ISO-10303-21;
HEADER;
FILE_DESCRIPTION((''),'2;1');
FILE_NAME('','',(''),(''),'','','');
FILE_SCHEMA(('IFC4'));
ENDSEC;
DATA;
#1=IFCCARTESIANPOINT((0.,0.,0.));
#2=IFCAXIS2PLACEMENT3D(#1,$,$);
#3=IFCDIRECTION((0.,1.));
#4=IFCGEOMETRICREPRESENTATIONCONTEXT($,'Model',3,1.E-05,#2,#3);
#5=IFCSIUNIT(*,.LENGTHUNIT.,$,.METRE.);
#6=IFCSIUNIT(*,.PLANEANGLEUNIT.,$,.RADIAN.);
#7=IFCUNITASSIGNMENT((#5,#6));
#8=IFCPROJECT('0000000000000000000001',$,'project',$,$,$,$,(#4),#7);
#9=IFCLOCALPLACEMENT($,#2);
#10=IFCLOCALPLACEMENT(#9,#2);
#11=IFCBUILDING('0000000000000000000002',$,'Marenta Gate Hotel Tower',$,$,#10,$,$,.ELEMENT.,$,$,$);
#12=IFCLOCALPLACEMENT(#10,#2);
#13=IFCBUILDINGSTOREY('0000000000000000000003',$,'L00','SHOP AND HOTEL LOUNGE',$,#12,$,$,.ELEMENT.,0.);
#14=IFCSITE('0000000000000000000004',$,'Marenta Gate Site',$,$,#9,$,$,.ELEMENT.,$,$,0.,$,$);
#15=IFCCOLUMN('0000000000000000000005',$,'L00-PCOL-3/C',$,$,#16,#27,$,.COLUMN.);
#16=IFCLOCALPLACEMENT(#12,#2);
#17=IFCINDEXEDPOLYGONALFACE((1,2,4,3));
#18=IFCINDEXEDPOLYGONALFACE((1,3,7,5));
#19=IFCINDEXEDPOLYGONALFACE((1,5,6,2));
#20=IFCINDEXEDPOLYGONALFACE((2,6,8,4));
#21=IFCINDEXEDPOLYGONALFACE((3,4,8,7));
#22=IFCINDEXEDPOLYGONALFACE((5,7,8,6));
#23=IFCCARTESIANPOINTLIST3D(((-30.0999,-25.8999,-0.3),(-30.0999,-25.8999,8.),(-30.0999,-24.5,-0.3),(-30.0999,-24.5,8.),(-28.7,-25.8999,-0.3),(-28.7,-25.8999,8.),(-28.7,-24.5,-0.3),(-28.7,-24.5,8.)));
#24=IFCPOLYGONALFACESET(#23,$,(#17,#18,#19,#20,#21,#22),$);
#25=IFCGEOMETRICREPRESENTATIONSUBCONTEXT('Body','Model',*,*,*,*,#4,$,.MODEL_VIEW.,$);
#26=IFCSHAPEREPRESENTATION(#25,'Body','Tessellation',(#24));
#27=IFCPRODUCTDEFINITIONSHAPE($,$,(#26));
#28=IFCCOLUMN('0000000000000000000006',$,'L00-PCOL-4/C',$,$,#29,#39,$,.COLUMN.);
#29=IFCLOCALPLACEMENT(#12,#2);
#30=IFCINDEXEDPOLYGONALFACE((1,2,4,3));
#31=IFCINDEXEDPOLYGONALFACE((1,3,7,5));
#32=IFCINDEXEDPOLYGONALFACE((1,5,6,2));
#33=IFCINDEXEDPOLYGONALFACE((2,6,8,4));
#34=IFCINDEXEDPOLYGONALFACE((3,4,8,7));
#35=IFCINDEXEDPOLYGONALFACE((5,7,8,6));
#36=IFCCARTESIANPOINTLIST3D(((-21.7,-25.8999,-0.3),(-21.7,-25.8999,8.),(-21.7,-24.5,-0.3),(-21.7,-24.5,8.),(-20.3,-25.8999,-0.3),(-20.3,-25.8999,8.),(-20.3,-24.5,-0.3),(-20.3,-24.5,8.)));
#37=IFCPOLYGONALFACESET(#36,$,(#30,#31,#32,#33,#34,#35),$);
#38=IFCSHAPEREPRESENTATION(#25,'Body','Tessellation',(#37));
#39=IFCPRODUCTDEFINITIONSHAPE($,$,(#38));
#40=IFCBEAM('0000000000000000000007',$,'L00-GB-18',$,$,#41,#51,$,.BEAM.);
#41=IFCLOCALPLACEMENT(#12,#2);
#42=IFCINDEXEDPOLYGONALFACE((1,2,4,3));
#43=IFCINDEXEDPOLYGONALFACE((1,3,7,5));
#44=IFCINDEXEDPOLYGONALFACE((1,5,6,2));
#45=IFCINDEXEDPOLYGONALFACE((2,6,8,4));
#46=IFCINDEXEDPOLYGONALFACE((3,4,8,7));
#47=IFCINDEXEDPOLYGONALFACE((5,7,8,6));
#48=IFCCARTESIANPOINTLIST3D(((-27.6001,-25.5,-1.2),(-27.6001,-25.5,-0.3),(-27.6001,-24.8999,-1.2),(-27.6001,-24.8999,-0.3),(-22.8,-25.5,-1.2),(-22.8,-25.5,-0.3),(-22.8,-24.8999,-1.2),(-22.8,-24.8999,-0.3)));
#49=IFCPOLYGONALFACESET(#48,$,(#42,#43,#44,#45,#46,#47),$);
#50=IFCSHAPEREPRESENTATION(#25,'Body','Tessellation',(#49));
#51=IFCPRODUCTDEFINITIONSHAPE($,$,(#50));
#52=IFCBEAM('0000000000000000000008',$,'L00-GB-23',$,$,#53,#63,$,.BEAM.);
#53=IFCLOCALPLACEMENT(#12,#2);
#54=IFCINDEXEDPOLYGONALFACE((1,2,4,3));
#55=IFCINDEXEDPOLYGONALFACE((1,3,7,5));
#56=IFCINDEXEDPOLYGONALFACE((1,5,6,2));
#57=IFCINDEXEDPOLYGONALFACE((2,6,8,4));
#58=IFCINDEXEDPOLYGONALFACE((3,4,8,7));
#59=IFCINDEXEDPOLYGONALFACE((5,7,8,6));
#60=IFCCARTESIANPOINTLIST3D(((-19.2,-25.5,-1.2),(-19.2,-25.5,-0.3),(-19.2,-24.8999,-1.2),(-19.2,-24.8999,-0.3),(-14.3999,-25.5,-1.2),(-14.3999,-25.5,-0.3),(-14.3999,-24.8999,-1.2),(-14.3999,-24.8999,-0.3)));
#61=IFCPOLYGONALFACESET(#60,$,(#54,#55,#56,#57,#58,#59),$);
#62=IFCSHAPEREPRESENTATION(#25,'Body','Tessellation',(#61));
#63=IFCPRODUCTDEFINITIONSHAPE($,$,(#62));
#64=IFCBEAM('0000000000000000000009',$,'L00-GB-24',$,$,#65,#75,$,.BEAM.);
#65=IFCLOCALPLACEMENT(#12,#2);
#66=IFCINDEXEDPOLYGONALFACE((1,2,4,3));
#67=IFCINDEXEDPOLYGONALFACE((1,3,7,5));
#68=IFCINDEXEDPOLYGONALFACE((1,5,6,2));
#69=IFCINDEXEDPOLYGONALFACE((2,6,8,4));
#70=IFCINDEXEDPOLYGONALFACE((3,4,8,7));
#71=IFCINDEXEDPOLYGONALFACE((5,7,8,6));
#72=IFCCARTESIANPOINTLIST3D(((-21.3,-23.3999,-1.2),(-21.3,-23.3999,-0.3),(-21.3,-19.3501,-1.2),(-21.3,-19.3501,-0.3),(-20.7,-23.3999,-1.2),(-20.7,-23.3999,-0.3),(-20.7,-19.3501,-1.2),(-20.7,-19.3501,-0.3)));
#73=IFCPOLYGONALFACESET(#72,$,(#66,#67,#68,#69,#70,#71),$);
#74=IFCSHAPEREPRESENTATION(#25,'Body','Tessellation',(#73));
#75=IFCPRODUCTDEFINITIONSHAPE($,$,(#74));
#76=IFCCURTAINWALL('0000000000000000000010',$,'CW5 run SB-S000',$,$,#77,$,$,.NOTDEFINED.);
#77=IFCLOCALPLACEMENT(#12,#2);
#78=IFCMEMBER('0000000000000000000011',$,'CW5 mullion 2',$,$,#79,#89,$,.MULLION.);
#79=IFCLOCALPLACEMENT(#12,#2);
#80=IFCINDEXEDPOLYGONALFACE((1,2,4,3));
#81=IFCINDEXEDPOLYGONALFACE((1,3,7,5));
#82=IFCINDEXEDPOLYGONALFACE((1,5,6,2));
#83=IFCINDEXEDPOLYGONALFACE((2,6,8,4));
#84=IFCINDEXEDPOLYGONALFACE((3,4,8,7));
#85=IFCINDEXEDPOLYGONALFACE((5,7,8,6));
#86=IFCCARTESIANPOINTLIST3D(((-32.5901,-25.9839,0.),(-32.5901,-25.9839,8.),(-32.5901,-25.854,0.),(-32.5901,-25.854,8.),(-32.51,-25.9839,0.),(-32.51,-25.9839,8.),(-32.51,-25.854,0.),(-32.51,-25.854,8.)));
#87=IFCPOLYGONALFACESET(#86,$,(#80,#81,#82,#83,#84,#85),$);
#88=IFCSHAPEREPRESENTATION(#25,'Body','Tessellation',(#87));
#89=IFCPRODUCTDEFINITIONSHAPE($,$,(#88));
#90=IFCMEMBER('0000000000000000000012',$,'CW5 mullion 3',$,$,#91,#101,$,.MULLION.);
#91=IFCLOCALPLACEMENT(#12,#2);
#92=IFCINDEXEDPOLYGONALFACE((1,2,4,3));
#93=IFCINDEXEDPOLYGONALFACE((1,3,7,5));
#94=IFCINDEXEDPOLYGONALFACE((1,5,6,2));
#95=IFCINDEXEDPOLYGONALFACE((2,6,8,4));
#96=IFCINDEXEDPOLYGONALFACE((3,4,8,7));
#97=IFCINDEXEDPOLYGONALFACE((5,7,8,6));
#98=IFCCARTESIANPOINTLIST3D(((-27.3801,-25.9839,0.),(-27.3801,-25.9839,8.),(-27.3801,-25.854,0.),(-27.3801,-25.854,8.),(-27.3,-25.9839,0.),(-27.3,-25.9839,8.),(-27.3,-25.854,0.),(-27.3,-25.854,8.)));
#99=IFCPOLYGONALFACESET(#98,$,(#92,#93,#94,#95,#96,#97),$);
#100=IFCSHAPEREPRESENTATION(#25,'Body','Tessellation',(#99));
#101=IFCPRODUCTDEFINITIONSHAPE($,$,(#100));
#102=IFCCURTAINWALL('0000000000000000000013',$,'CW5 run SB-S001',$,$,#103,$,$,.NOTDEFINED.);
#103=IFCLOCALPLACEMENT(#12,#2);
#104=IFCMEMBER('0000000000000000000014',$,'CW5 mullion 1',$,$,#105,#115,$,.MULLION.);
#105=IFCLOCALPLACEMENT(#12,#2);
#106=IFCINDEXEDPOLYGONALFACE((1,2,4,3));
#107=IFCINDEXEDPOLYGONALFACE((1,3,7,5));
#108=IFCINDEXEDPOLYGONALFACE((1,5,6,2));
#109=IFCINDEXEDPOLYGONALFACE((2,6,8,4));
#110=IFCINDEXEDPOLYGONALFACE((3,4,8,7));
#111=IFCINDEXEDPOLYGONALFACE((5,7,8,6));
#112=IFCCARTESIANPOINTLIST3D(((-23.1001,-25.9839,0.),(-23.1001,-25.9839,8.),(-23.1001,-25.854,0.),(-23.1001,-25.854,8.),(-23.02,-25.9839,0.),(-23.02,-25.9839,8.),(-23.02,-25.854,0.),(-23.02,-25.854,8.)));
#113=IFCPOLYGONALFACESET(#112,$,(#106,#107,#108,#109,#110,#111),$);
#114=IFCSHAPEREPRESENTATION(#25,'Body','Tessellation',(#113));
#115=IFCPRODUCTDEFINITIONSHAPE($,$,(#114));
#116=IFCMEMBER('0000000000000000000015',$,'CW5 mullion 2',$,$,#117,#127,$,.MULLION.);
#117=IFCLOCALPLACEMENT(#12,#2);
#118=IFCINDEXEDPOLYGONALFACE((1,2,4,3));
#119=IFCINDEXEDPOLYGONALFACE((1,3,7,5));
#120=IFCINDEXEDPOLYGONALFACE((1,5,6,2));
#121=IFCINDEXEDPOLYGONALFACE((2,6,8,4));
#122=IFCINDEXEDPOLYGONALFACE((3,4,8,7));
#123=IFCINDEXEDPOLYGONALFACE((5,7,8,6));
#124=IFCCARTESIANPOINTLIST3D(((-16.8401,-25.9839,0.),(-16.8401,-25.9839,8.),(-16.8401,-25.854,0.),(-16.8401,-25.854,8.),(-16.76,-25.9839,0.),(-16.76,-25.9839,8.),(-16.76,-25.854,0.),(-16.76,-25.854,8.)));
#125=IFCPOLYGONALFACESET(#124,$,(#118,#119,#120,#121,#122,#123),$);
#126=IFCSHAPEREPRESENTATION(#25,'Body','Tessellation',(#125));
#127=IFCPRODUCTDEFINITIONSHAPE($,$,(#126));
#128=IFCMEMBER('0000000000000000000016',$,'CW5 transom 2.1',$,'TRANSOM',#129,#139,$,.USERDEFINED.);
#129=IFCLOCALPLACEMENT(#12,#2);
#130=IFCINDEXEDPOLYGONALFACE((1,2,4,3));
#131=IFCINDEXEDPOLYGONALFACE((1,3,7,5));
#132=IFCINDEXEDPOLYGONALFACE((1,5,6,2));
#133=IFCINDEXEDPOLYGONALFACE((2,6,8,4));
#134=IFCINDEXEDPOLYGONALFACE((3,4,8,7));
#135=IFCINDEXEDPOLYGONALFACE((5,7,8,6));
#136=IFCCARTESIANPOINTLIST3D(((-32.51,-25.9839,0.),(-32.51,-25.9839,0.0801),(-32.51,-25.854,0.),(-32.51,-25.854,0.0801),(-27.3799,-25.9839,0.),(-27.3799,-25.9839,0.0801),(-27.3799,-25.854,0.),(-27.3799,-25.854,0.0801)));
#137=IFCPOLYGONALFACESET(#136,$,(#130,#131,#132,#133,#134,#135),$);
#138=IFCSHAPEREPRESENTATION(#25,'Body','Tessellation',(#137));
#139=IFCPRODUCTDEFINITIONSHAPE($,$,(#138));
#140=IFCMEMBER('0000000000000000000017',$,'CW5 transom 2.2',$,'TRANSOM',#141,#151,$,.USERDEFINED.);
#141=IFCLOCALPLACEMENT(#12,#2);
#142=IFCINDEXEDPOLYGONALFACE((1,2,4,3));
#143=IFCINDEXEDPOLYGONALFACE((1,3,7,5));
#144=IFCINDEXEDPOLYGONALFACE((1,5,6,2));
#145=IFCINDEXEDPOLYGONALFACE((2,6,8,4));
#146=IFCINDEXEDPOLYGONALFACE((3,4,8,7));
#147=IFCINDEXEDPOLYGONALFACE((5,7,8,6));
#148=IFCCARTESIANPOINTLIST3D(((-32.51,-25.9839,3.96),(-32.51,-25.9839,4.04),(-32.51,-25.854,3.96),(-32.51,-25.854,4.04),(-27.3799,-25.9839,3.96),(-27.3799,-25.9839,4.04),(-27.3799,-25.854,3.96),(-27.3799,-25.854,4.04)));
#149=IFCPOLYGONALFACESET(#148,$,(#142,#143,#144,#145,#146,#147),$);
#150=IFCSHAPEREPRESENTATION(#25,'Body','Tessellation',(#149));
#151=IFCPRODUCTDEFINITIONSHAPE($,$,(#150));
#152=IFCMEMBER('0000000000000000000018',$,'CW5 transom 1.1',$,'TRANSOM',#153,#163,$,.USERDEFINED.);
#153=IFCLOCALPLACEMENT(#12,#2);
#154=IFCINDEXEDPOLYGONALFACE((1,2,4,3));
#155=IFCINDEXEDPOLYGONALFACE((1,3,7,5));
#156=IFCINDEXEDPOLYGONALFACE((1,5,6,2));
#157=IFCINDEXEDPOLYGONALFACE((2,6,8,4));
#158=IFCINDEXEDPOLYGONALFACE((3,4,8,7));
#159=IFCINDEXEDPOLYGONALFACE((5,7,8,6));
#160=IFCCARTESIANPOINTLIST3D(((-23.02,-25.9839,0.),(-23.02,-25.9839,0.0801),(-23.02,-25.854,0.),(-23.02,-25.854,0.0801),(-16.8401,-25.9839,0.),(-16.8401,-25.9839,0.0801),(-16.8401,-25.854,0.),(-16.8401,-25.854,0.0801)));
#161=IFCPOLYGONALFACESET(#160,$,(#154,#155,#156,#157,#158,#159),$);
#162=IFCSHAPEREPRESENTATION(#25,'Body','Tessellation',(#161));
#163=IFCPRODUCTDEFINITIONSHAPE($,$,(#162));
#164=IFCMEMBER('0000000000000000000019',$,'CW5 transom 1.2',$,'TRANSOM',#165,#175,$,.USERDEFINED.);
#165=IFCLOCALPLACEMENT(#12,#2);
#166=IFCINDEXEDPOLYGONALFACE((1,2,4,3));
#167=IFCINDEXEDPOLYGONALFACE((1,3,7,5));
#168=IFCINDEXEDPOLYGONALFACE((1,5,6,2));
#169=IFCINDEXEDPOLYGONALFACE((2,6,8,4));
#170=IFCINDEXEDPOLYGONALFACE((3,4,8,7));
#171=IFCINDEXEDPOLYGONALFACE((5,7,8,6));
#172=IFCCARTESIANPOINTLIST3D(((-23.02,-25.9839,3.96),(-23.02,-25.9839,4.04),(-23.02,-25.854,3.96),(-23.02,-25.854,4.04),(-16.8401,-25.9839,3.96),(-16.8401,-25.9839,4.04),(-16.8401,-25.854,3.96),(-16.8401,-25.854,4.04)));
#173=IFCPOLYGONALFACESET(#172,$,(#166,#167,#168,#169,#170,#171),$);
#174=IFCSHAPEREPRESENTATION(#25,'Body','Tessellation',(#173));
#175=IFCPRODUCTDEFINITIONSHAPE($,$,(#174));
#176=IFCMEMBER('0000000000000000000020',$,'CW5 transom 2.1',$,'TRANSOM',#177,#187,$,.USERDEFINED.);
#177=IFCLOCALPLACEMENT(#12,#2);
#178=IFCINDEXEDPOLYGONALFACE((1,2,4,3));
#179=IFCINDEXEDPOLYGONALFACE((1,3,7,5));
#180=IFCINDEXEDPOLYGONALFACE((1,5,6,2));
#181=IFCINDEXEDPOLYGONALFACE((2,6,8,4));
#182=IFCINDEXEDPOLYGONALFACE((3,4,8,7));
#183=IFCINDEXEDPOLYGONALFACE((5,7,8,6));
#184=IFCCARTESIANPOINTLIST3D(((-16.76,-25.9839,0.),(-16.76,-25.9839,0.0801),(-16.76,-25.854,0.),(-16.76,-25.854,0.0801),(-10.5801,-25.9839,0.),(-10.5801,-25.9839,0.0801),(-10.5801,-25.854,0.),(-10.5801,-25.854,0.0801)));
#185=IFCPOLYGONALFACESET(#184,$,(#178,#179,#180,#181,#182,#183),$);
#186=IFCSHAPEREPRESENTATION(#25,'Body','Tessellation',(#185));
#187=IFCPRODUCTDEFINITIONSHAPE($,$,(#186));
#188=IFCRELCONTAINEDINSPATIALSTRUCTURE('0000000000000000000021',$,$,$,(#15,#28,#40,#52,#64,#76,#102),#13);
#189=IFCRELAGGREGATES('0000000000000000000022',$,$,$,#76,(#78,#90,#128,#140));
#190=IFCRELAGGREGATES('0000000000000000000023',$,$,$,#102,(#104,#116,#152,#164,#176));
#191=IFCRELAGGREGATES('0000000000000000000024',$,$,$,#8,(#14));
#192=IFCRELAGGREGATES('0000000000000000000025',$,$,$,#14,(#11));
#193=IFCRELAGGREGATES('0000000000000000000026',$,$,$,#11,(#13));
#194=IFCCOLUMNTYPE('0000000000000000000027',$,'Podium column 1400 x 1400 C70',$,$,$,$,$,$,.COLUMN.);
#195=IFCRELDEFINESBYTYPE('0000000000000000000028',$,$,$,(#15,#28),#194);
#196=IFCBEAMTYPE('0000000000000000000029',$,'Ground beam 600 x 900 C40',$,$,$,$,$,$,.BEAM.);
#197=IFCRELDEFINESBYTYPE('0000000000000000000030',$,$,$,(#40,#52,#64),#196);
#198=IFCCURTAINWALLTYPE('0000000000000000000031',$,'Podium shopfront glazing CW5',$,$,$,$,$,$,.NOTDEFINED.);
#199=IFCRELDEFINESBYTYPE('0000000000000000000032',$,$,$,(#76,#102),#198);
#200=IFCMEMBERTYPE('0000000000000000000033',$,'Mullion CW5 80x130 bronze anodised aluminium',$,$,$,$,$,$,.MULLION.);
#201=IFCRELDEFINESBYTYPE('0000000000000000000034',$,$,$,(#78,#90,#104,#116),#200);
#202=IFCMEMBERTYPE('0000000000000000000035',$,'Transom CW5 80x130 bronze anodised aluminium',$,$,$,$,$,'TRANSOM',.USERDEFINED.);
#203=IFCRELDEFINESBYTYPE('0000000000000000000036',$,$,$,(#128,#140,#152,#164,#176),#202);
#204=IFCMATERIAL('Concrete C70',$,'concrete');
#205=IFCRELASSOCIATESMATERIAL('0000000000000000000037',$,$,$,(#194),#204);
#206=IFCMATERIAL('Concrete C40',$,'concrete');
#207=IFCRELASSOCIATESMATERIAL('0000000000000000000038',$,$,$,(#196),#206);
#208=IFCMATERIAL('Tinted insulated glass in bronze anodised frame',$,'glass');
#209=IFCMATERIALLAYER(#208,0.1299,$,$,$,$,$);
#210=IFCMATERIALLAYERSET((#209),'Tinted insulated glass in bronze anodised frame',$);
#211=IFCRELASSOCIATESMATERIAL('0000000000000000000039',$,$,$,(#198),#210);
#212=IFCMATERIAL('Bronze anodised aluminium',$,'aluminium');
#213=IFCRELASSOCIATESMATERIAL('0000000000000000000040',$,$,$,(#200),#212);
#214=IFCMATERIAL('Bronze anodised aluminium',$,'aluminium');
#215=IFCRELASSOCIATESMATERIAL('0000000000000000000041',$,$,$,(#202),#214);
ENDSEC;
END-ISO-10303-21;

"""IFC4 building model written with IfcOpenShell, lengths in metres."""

from ifc_helpers import new_model, si_unit, direction, frame, origin, origin_2d, place, context, subcontext, project, spatial, rectangle, extrude, material, layer, layer_set, material_profile, profile_set, type_object, element, aggregate, save


model = new_model("IFC4")

# Units and contexts
model_context = context("Model", 3, precision=1e-05, world=origin(), true_north=direction((0.0, 1.0)))
body_context = subcontext(model_context, "Body", "Model", "MODEL_VIEW")
ifc_project = project(units=[si_unit("LENGTHUNIT", "METRE"), si_unit("PLANEANGLEUNIT", "RADIAN")], contexts=[model_context])

# Site, building, storey
site_placement = place(None, origin())
site = spatial("IfcSite", under=ifc_project, at=site_placement, Name="Marenta Gate Site", CompositionType="ELEMENT", RefElevation=0.0)
building_placement = place(site_placement, origin())
building = spatial("IfcBuilding", under=site, at=building_placement, Name="Marenta Gate Hotel Tower", CompositionType="ELEMENT")
storey_placement = place(building_placement, origin())
storey = spatial("IfcBuildingStorey", under=building, at=storey_placement, Name="L00", Description="SHOP AND HOTEL LOUNGE", CompositionType="ELEMENT", Elevation=0.0)

# Columns
ifc_material_1 = material(Name="Concrete C70", Category="concrete")
ifc_material_profile_1 = material_profile(ifc_material_1, rectangle(XDim=1.3999, YDim=1.3999, at=origin_2d()), Name="1400 x 1400")
ifc_profile_set_1 = profile_set([ifc_material_profile_1], Name="Concrete C70")
column_type = type_object("IfcColumnType", Name="Podium column 1400 x 1400 C70", PredefinedType="COLUMN", material=ifc_profile_set_1)
for number, where, z_axis, x_axis, name in (
    (1, (-29.3999, -25.2, -0.3), (0.0, 0.0, 1.0), (1.0, 0.0, 0.0), "L00-PCOL-3/C"),
    (2, (-21.0, -25.2, -0.3), (0.0, 0.0, 1.0), (1.0, 0.0, 0.0), "L00-PCOL-4/C"),
):
    element("IfcColumn", number, at=place(storey_placement, frame(where, z_axis=z_axis, x_axis=x_axis)), inside=storey, type_object=column_type, Name=name, PredefinedType="COLUMN", context=body_context, shape_type="SweptSolid", body=[
        extrude(rectangle(XDim=1.3999, YDim=1.3999, at=origin_2d()), origin(), (0.0, 0.0, 1.0), 8.3),
    ])

# Beams
ifc_material_2 = material(Name="Concrete C40", Category="concrete")
ifc_material_profile_2 = material_profile(ifc_material_2, rectangle(XDim=0.6001, YDim=0.8999, at=origin_2d()), Name="600 x 900")
ifc_profile_set_2 = profile_set([ifc_material_profile_2], Name="Concrete C40")
beam_type = type_object("IfcBeamType", Name="Ground beam 600 x 900 C40", PredefinedType="BEAM", material=ifc_profile_set_2)
for number, where, z_axis, x_axis, name in (
    (3, (-27.6001, -25.2, -0.75), (1.0, 0.0, 0.0), (0.0, 1.0, 0.0), "L00-GB-18"),
    (4, (-19.2, -25.2, -0.75), (1.0, 0.0, 0.0), (0.0, 1.0, 0.0), "L00-GB-23"),
):
    element("IfcBeam", number, at=place(storey_placement, frame(where, z_axis=z_axis, x_axis=x_axis)), inside=storey, type_object=beam_type, Name=name, PredefinedType="BEAM", context=body_context, shape_type="SweptSolid", body=[
        extrude(rectangle(XDim=0.6001, YDim=0.8999, at=origin_2d()), origin(), (0.0, 0.0, 1.0), 4.8),
    ])
beam_placement = place(storey_placement, frame((-21.0, -23.3999, -0.75), z_axis=(0.0, 1.0, 0.0), x_axis=(-1.0, 0.0, 0.0)))
element("IfcBeam", 5, at=beam_placement, inside=storey, type_object=beam_type, Name="L00-GB-24", PredefinedType="BEAM", context=body_context, shape_type="SweptSolid", body=[
    extrude(rectangle(XDim=0.6001, YDim=0.8999, at=origin_2d()), origin(), (0.0, 0.0, 1.0), 4.0498),
])

# Curtain walls, members
ifc_material_3 = material(Name="Tinted insulated glass in bronze anodised frame", Category="glass")
ifc_layer_1 = layer(ifc_material_3, 0.1299)
ifc_layer_set_1 = layer_set([ifc_layer_1], Name="Tinted insulated glass in bronze anodised frame")
curtain_wall_type = type_object("IfcCurtainWallType", Name="Podium shopfront glazing CW5", PredefinedType="NOTDEFINED", material=ifc_layer_set_1)
curtain_wall_1_placement = place(storey_placement, origin())
curtain_wall_1 = element("IfcCurtainWall", 6, at=curtain_wall_1_placement, inside=storey, type_object=curtain_wall_type, Name="CW5 run SB-S000", PredefinedType="NOTDEFINED")
ifc_material_4 = material(Name="Bronze anodised aluminium", Category="aluminium")
ifc_material_profile_3 = material_profile(ifc_material_4, rectangle(XDim=0.1299, YDim=0.0801, at=origin_2d()), Name="Mullion CW5 80x130 bronze anodised aluminium")
ifc_profile_set_3 = profile_set([ifc_material_profile_3], Name="Bronze anodised aluminium")
member_type_1 = type_object("IfcMemberType", Name="Mullion CW5 80x130 bronze anodised aluminium", PredefinedType="MULLION", material=ifc_profile_set_3)
member_1_placement = place(storey_placement, frame((-32.55, -25.9189, 0.0), z_axis=(0.0, 0.0, 1.0), x_axis=(0.0, 1.0, 0.0)))
member_1 = element("IfcMember", 7, at=member_1_placement, type_object=member_type_1, Name="CW5 mullion 2", PredefinedType="MULLION", context=body_context, shape_type="SweptSolid", body=[
    extrude(rectangle(XDim=0.1299, YDim=0.0801, at=origin_2d()), origin(), (0.0, 0.0, 1.0), 8.0),
])
member_2_placement = place(storey_placement, frame((-27.3401, -25.9189, 0.0), z_axis=(0.0, 0.0, 1.0), x_axis=(0.0, 1.0, 0.0)))
member_2 = element("IfcMember", 8, at=member_2_placement, type_object=member_type_1, Name="CW5 mullion 3", PredefinedType="MULLION", context=body_context, shape_type="SweptSolid", body=[
    extrude(rectangle(XDim=0.1299, YDim=0.0801, at=origin_2d()), origin(), (0.0, 0.0, 1.0), 8.0),
])
curtain_wall_2_placement = place(storey_placement, origin())
curtain_wall_2 = element("IfcCurtainWall", 9, at=curtain_wall_2_placement, inside=storey, type_object=curtain_wall_type, Name="CW5 run SB-S001", PredefinedType="NOTDEFINED")
member_3_placement = place(storey_placement, frame((-23.0601, -25.9189, 0.0), z_axis=(0.0, 0.0, 1.0), x_axis=(0.0, 1.0, 0.0)))
member_3 = element("IfcMember", 10, at=member_3_placement, type_object=member_type_1, Name="CW5 mullion 1", PredefinedType="MULLION", context=body_context, shape_type="SweptSolid", body=[
    extrude(rectangle(XDim=0.1299, YDim=0.0801, at=origin_2d()), origin(), (0.0, 0.0, 1.0), 8.0),
])
member_4_placement = place(storey_placement, frame((-16.8, -25.9189, 0.0), z_axis=(0.0, 0.0, 1.0), x_axis=(0.0, 1.0, 0.0)))
member_4 = element("IfcMember", 11, at=member_4_placement, type_object=member_type_1, Name="CW5 mullion 2", PredefinedType="MULLION", context=body_context, shape_type="SweptSolid", body=[
    extrude(rectangle(XDim=0.1299, YDim=0.0801, at=origin_2d()), origin(), (0.0, 0.0, 1.0), 8.0),
])

# Members
ifc_material_5 = material(Name="Bronze anodised aluminium", Category="aluminium")
ifc_material_profile_4 = material_profile(ifc_material_5, rectangle(XDim=0.1299, YDim=0.0801, at=origin_2d()), Name="Transom CW5 80x130 bronze anodised aluminium")
ifc_profile_set_4 = profile_set([ifc_material_profile_4], Name="Bronze anodised aluminium")
member_type_2 = type_object("IfcMemberType", Name="Transom CW5 80x130 bronze anodised aluminium", ElementType="TRANSOM", PredefinedType="USERDEFINED", material=ifc_profile_set_4)
member_5_placement = place(storey_placement, frame((-32.51, -25.9189, 0.04), z_axis=(1.0, 0.0, 0.0), x_axis=(0.0, 1.0, 0.0)))
member_5 = element("IfcMember", 12, at=member_5_placement, type_object=member_type_2, Name="CW5 transom 2.1", ObjectType="TRANSOM", PredefinedType="USERDEFINED", context=body_context, shape_type="SweptSolid", body=[
    extrude(rectangle(XDim=0.1299, YDim=0.0801, at=origin_2d()), origin(), (0.0, 0.0, 1.0), 5.1301),
])
member_6_placement = place(storey_placement, frame((-32.51, -25.9189, 4.0), z_axis=(1.0, 0.0, 0.0), x_axis=(0.0, 1.0, 0.0)))
member_6 = element("IfcMember", 13, at=member_6_placement, type_object=member_type_2, Name="CW5 transom 2.2", ObjectType="TRANSOM", PredefinedType="USERDEFINED", context=body_context, shape_type="SweptSolid", body=[
    extrude(rectangle(XDim=0.1299, YDim=0.0801, at=origin_2d()), origin(), (0.0, 0.0, 1.0), 5.1301),
])
member_7_placement = place(storey_placement, frame((-23.02, -25.9189, 0.04), z_axis=(1.0, 0.0, 0.0), x_axis=(0.0, 1.0, 0.0)))
member_7 = element("IfcMember", 14, at=member_7_placement, type_object=member_type_2, Name="CW5 transom 1.1", ObjectType="TRANSOM", PredefinedType="USERDEFINED", context=body_context, shape_type="SweptSolid", body=[
    extrude(rectangle(XDim=0.1299, YDim=0.0801, at=origin_2d()), origin(), (0.0, 0.0, 1.0), 6.1799),
])
member_8_placement = place(storey_placement, frame((-23.02, -25.9189, 4.0), z_axis=(1.0, 0.0, 0.0), x_axis=(0.0, 1.0, 0.0)))
member_8 = element("IfcMember", 15, at=member_8_placement, type_object=member_type_2, Name="CW5 transom 1.2", ObjectType="TRANSOM", PredefinedType="USERDEFINED", context=body_context, shape_type="SweptSolid", body=[
    extrude(rectangle(XDim=0.1299, YDim=0.0801, at=origin_2d()), origin(), (0.0, 0.0, 1.0), 6.1799),
])
member_9_placement = place(storey_placement, frame((-16.76, -25.9189, 0.04), z_axis=(1.0, 0.0, 0.0), x_axis=(0.0, 1.0, 0.0)))
member_9 = element("IfcMember", 16, at=member_9_placement, type_object=member_type_2, Name="CW5 transom 2.1", ObjectType="TRANSOM", PredefinedType="USERDEFINED", context=body_context, shape_type="SweptSolid", body=[
    extrude(rectangle(XDim=0.1299, YDim=0.0801, at=origin_2d()), origin(), (0.0, 0.0, 1.0), 6.1799),
])

aggregate(curtain_wall_1, [member_1, member_2, member_5, member_6])
aggregate(curtain_wall_2, [member_3, member_4, member_7, member_8, member_9])

save(model, "model.ifc")
